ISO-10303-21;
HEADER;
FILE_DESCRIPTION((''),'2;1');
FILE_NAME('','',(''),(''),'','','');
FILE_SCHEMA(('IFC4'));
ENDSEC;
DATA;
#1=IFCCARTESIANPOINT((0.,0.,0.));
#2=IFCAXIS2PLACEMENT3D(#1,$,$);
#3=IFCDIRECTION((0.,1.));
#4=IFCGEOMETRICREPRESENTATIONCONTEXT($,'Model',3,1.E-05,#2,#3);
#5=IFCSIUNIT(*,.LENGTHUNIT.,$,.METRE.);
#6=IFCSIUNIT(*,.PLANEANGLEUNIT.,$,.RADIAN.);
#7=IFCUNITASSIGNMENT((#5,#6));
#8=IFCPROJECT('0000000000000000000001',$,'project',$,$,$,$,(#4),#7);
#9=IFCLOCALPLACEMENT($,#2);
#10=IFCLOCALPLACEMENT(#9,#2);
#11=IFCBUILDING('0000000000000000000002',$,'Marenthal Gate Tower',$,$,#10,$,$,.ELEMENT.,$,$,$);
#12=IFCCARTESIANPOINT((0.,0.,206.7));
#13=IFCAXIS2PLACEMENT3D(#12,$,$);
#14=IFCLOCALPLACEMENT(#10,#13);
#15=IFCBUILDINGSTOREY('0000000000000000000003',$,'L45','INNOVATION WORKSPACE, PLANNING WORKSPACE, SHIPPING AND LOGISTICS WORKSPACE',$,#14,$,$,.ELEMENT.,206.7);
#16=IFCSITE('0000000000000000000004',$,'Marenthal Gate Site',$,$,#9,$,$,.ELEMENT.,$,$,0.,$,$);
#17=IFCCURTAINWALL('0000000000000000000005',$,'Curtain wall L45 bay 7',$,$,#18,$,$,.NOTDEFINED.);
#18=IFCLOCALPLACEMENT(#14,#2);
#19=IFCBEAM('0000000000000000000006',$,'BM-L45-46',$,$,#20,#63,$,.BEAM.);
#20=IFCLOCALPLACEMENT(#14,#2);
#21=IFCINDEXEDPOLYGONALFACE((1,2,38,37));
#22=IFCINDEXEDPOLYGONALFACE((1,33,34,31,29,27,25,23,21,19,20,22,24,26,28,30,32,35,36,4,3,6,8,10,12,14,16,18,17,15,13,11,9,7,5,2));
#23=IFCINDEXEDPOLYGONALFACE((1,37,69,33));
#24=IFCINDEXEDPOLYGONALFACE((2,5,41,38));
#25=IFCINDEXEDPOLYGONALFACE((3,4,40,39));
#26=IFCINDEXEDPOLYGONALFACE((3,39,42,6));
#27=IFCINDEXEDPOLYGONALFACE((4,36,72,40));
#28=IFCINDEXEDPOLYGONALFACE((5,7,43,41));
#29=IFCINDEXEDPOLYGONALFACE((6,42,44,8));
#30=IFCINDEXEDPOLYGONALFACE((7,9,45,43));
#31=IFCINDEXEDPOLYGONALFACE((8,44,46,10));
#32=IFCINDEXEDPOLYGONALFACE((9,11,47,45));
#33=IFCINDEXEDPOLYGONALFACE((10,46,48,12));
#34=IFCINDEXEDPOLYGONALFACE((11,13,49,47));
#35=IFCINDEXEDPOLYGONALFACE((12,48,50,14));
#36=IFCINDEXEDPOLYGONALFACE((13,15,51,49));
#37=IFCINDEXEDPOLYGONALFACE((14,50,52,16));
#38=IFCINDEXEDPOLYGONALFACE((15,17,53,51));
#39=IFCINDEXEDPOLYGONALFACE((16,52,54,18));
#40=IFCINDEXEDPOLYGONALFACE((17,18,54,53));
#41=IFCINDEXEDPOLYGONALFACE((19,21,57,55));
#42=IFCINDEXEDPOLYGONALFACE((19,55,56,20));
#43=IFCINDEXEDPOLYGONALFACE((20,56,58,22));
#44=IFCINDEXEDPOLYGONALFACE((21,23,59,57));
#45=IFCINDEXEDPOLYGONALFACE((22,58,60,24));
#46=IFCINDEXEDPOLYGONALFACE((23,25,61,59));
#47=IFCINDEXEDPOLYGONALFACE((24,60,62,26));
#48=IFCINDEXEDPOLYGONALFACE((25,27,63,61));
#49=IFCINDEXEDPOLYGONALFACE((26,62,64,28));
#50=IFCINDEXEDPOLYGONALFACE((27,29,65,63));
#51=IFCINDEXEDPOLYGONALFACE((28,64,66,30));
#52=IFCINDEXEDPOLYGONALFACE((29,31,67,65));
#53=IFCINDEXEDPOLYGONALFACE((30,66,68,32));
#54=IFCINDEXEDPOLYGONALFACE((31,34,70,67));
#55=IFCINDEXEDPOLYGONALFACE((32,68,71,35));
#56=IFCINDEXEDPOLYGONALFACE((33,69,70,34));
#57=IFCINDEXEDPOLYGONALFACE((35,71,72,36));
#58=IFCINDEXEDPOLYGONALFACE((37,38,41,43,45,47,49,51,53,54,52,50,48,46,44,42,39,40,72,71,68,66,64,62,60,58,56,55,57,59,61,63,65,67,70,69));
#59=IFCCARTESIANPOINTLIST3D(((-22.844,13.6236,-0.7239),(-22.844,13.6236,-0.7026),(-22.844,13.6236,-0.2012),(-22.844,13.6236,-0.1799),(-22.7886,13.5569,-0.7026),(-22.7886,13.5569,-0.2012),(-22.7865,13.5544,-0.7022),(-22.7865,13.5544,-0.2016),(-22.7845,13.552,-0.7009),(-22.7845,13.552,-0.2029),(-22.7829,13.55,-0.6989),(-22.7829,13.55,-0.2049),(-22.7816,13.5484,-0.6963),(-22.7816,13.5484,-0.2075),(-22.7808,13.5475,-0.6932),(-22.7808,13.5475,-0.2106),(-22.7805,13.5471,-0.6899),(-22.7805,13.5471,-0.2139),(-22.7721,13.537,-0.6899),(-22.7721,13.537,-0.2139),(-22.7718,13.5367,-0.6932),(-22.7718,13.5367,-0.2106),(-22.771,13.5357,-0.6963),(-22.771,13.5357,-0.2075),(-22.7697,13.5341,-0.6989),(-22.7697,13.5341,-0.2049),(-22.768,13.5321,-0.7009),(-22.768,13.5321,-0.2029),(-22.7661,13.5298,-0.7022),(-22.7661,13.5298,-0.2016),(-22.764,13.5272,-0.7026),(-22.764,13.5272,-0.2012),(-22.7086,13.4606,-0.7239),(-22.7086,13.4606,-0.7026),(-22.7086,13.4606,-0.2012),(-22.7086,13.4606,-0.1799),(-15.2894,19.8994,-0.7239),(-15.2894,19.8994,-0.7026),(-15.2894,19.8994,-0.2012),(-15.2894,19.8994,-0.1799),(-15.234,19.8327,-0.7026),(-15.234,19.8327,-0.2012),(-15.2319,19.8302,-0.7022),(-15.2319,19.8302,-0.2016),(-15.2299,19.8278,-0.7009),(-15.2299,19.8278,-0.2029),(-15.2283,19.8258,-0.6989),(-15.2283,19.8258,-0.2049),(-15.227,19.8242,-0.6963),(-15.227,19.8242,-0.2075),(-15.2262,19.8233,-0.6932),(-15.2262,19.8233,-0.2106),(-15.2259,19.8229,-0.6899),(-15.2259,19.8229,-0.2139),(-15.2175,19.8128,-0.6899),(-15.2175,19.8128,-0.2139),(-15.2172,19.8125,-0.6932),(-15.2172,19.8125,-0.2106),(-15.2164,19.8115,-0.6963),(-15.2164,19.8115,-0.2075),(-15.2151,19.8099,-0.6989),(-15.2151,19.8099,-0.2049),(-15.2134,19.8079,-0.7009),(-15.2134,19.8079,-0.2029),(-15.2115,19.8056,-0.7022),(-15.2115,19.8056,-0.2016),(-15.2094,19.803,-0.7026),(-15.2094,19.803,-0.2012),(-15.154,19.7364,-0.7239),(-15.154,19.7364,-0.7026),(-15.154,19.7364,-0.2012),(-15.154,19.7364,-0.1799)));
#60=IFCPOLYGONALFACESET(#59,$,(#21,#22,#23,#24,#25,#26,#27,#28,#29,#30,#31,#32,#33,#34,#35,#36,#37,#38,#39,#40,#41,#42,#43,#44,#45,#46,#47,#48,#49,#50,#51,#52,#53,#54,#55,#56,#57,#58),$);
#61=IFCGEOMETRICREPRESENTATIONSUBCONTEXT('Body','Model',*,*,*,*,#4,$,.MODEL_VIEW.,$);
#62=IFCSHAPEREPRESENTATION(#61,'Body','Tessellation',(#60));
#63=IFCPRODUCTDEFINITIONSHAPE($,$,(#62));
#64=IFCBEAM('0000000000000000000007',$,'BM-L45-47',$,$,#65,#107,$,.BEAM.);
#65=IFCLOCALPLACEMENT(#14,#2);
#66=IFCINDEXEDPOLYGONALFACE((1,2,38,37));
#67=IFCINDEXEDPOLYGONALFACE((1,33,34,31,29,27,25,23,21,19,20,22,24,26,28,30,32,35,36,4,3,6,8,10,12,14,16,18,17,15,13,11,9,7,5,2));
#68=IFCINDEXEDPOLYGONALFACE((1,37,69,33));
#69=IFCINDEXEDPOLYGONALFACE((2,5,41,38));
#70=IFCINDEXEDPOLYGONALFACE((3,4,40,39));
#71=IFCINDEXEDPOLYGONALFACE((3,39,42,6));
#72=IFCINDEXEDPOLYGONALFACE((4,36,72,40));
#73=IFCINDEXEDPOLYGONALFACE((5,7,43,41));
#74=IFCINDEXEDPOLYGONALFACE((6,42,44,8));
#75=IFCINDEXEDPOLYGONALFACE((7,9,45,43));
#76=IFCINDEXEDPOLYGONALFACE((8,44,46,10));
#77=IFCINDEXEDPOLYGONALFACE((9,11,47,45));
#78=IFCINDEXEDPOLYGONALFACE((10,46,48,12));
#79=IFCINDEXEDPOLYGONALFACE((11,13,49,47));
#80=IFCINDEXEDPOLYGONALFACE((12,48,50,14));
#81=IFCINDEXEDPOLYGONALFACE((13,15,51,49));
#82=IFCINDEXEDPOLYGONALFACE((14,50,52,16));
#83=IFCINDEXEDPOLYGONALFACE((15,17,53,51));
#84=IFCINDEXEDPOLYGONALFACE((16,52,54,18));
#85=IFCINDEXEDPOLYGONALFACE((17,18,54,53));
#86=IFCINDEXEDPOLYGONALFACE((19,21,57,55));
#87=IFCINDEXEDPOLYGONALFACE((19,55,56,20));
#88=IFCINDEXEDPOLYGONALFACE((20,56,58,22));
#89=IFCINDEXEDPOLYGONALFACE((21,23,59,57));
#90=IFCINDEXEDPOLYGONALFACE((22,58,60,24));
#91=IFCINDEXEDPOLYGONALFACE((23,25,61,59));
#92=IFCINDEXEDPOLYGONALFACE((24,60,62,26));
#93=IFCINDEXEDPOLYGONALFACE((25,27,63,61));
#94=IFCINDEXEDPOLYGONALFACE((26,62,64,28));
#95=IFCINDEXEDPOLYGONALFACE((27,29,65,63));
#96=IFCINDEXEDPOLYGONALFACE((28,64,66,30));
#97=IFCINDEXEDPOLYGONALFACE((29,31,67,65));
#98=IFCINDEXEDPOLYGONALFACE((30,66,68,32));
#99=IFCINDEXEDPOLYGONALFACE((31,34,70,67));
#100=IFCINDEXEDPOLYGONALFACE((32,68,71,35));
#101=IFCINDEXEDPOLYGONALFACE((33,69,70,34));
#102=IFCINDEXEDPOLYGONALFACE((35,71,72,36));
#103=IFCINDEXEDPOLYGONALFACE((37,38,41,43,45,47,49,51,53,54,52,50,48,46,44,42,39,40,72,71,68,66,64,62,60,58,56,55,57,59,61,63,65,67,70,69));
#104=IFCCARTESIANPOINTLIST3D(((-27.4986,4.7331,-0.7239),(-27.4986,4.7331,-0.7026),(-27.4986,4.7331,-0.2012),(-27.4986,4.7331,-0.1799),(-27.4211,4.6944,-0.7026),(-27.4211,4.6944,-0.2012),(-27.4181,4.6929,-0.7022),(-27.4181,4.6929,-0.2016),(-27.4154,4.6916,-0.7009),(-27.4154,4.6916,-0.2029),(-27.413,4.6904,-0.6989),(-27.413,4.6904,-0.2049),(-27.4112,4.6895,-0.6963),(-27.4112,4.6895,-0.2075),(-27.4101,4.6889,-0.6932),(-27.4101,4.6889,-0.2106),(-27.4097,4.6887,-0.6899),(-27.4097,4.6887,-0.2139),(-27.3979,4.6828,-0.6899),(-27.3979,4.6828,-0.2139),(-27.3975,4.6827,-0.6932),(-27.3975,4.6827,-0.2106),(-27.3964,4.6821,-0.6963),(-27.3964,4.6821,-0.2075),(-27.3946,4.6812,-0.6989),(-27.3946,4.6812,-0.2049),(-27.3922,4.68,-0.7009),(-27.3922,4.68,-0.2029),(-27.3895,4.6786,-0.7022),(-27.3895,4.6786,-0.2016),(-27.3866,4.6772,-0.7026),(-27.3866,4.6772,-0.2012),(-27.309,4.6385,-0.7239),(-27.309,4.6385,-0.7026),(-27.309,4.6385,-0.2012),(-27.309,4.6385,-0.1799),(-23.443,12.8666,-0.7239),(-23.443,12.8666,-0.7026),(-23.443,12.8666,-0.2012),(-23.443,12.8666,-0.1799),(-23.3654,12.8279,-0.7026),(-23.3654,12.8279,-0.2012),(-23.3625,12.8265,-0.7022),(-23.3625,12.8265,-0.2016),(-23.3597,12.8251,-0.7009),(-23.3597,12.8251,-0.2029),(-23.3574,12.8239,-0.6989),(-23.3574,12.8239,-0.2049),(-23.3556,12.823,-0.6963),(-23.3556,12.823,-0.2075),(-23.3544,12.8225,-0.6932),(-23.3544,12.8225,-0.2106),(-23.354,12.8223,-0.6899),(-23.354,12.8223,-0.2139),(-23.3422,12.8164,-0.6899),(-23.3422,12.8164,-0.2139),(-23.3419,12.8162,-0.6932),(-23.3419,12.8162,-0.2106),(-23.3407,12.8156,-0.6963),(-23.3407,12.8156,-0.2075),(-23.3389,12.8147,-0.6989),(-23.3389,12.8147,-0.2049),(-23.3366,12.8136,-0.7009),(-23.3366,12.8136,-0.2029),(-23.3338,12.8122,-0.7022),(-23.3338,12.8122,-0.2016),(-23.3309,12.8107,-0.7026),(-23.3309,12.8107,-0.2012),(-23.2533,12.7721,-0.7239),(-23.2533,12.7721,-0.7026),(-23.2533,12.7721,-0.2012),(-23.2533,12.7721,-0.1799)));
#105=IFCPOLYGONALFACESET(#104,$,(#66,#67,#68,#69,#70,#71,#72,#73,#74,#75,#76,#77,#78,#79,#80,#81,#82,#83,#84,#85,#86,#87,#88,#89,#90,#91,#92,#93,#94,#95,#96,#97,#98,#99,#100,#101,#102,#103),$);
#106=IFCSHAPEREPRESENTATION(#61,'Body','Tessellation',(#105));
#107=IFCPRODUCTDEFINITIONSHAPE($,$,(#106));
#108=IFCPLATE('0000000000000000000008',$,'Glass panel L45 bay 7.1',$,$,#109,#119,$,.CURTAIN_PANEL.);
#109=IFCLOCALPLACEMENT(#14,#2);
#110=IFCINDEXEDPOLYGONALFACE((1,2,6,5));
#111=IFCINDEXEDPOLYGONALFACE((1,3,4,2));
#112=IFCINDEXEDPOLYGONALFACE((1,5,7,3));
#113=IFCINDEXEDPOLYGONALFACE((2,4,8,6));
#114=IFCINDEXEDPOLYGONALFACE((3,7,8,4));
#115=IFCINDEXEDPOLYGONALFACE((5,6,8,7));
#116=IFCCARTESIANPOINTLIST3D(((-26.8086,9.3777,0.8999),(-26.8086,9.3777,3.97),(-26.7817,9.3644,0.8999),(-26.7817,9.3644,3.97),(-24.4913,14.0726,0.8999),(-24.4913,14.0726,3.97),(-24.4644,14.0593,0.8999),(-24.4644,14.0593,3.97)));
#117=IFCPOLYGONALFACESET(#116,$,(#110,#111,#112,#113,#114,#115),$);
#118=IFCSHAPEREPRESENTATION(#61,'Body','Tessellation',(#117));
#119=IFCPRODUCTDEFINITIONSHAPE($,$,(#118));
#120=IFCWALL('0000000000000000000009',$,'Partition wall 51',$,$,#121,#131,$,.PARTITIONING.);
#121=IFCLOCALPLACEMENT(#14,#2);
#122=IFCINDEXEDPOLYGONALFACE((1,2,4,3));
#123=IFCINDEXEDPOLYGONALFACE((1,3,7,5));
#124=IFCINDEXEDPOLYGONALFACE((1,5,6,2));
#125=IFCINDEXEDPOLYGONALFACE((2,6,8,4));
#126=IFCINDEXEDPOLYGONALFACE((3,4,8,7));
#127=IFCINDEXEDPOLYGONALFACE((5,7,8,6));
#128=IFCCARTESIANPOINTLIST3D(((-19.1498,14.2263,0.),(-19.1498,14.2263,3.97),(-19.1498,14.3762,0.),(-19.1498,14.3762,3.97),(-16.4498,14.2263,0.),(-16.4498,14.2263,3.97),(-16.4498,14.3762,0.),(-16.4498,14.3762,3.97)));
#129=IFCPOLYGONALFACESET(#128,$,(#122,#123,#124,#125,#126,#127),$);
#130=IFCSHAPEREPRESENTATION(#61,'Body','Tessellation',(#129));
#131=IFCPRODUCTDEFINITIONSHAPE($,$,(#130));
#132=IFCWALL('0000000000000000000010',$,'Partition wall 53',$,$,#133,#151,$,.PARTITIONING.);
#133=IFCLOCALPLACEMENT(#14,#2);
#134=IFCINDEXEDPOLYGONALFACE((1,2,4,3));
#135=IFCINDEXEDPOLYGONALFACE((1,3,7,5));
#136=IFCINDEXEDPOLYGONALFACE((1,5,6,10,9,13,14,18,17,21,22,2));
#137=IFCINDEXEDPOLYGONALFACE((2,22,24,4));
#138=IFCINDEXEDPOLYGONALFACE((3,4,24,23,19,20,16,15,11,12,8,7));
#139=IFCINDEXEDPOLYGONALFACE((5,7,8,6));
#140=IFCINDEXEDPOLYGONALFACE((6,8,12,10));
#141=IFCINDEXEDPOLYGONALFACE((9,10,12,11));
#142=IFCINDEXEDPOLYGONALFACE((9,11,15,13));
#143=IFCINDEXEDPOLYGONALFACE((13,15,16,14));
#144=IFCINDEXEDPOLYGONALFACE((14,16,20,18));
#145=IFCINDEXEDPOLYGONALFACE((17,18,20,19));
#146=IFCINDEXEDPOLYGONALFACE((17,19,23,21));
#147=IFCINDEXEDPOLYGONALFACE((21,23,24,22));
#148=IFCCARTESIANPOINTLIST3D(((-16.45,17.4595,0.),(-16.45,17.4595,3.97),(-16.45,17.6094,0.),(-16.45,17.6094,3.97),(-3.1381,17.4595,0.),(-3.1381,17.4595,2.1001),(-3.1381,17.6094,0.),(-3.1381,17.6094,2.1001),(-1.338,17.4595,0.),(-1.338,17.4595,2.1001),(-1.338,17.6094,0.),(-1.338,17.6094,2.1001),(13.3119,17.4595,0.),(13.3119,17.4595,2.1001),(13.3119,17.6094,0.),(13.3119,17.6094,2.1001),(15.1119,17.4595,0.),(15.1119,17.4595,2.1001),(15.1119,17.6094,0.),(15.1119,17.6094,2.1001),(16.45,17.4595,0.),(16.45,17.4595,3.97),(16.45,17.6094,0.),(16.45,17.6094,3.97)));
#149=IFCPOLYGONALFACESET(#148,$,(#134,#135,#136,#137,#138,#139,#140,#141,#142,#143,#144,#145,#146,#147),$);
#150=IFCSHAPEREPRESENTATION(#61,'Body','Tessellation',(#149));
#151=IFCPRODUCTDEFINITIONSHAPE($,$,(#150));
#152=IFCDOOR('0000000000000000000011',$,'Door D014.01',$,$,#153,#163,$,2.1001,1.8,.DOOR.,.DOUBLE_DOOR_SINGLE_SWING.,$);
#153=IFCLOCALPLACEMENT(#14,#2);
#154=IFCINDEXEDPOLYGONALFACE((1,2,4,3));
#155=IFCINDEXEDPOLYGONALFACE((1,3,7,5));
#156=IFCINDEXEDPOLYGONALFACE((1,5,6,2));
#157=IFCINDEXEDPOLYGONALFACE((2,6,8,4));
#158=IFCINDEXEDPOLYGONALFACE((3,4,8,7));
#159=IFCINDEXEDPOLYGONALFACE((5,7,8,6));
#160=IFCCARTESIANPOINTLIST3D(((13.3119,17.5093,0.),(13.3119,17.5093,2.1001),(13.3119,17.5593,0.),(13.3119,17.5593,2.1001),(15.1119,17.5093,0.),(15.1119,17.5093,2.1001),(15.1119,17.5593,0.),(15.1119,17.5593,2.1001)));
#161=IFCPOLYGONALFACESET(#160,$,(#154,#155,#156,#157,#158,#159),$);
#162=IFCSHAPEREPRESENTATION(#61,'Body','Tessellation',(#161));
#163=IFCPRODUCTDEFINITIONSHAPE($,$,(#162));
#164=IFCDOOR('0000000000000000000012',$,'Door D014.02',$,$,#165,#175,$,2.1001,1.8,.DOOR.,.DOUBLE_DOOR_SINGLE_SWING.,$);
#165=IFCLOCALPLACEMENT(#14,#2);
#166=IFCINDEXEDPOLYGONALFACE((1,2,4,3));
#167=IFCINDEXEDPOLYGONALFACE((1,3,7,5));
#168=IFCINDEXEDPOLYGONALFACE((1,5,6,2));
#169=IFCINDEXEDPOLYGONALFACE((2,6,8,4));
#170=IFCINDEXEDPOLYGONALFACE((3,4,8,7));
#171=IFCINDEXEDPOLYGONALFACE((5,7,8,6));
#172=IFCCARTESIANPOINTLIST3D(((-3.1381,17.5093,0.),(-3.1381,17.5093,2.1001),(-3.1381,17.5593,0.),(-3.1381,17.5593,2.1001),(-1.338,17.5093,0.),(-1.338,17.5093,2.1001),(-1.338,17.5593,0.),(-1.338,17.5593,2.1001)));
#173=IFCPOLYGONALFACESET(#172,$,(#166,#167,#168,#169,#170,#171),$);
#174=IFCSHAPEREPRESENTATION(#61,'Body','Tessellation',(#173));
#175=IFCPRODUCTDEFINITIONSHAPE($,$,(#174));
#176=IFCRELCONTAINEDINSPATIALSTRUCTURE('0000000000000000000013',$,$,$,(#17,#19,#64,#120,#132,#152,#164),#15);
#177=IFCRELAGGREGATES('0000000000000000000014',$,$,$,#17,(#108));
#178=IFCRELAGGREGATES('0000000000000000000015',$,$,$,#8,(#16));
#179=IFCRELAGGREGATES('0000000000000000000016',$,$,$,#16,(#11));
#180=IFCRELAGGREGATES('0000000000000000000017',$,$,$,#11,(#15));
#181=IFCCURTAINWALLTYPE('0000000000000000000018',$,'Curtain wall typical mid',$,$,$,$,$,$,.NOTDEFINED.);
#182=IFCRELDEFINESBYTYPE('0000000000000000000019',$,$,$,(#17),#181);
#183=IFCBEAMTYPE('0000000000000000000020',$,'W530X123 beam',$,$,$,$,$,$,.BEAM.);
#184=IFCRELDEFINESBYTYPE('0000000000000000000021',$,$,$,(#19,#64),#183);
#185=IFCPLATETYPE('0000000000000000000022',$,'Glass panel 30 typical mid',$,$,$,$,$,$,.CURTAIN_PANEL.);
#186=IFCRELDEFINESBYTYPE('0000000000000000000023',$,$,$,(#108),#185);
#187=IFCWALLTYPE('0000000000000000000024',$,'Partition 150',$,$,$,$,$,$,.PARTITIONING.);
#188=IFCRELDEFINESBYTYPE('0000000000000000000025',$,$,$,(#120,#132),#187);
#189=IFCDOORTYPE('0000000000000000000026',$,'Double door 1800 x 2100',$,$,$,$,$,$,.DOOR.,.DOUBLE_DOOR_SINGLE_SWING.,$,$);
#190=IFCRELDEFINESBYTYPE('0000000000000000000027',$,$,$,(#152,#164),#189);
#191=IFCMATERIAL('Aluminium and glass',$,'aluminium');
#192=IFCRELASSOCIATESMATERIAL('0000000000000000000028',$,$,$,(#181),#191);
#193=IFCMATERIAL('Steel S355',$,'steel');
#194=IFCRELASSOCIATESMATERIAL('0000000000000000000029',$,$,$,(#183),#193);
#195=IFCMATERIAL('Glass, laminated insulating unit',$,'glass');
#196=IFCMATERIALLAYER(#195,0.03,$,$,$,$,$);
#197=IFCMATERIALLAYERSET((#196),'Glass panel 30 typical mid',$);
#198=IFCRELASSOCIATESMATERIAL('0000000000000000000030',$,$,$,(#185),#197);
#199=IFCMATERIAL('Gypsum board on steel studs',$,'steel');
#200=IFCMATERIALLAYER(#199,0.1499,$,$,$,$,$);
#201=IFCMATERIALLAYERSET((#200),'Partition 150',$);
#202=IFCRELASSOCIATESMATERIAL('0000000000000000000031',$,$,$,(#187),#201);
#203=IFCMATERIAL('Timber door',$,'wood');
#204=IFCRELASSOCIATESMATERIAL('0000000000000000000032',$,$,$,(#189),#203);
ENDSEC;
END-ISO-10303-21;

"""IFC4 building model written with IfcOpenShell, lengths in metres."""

from ifc_helpers import new_model, si_unit, direction, frame, frame_2d, origin, origin_2d, place, context, subcontext, project, spatial, rectangle, i_section, extrude, material, layer, layer_set, material_profile, profile_set, type_object, element, fill, aggregate, save


model = new_model("IFC4")

# Units and contexts
model_context = context("Model", 3, precision=1e-05, world=origin(), true_north=direction((0.0, 1.0)))
body_context = subcontext(model_context, "Body", "Model", "MODEL_VIEW")
ifc_project = project(units=[si_unit("LENGTHUNIT", "METRE"), si_unit("PLANEANGLEUNIT", "RADIAN")], contexts=[model_context])

# Site, building, storey
site_placement = place(None, origin())
site = spatial("IfcSite", under=ifc_project, at=site_placement, Name="Marenthal Gate Site", CompositionType="ELEMENT", RefElevation=0.0)
building_placement = place(site_placement, origin())
building = spatial("IfcBuilding", under=site, at=building_placement, Name="Marenthal Gate Tower", CompositionType="ELEMENT")
storey_placement = place(building_placement, frame((0.0, 0.0, 206.7)))
storey = spatial("IfcBuildingStorey", under=building, at=storey_placement, Name="L45", Description="INNOVATION WORKSPACE, PLANNING WORKSPACE, SHIPPING AND LOGISTICS WORKSPACE", CompositionType="ELEMENT", Elevation=206.7)

# Shared definitions
ifc_material_1 = material(Name="Aluminium and glass", Category="aluminium")
curtain_wall_type = type_object("IfcCurtainWallType", Name="Curtain wall typical mid", PredefinedType="NOTDEFINED", material=ifc_material_1)

# Curtain wall
curtain_wall_1_placement = place(storey_placement, origin())
curtain_wall_1 = element("IfcCurtainWall", 1, at=curtain_wall_1_placement, inside=storey, type_object=curtain_wall_type, Name="Curtain wall L45 bay 7", PredefinedType="NOTDEFINED")

# Beams
ifc_material_2 = material(Name="Steel S355", Category="steel")
ifc_material_profile_1 = material_profile(ifc_material_2, i_section(OverallWidth=0.2119, OverallDepth=0.5439, WebThickness=0.0132, FlangeThickness=0.0212, FilletRadius=0.0127, at=origin_2d()), Name="W530X123")
ifc_profile_set_1 = profile_set([ifc_material_profile_1], Name="Steel S355")
beam_type_1 = type_object("IfcBeamType", Name="W530X123 beam", PredefinedType="BEAM", material=ifc_profile_set_1)
beam_1_placement = place(storey_placement, frame((-15.2217, 19.8179, -0.4519), z_axis=(-0.769207, -0.639, 0.0), x_axis=(0.639, -0.769207, 0.0)))
element("IfcBeam", 2, at=beam_1_placement, inside=storey, type_object=beam_type_1, Name="BM-L45-46", PredefinedType="BEAM", context=body_context, shape_type="SweptSolid", body=[
    extrude(i_section(OverallWidth=0.2119, OverallDepth=0.5439, WebThickness=0.0132, FlangeThickness=0.0212, FilletRadius=0.0127, at=origin_2d()), origin(), (0.0, 0.0, 1.0), 9.8213),
])
beam_2_placement = place(storey_placement, frame((-23.3481, 12.8193, -0.4519), z_axis=(-0.446236, -0.894916, 0.0), x_axis=(0.894916, -0.446236, 0.0)))
element("IfcBeam", 3, at=beam_2_placement, inside=storey, type_object=beam_type_1, Name="BM-L45-47", PredefinedType="BEAM", context=body_context, shape_type="SweptSolid", body=[
    extrude(i_section(OverallWidth=0.2119, OverallDepth=0.5439, WebThickness=0.0132, FlangeThickness=0.0212, FilletRadius=0.0127, at=origin_2d()), origin(), (0.0, 0.0, 1.0), 9.0886),
])

# Plate
ifc_material_3 = material(Name="Glass, laminated insulating unit", Category="glass")
ifc_layer_1 = layer(ifc_material_3, 0.03)
ifc_layer_set_1 = layer_set([ifc_layer_1], Name="Glass panel 30 typical mid")
plate_type = type_object("IfcPlateType", Name="Glass panel 30 typical mid", PredefinedType="CURTAIN_PANEL", material=ifc_layer_set_1)
plate_placement = place(storey_placement, frame((-25.6365, 11.7185, 0.8999), z_axis=(0.0, 0.0, 1.0), x_axis=(-0.442607, -0.896716, 0.0)))
plate = element("IfcPlate", 4, at=plate_placement, type_object=plate_type, Name="Glass panel L45 bay 7.1", PredefinedType="CURTAIN_PANEL", context=body_context, shape_type="SweptSolid", body=[
    extrude(rectangle(XDim=5.2356, YDim=0.03, at=origin_2d()), origin(), (0.0, 0.0, 1.0), 3.0701),
])
aggregate(curtain_wall_1, [plate])

# Wall
ifc_material_4 = material(Name="Gypsum board on steel studs", Category="steel")
ifc_layer_2 = layer(ifc_material_4, 0.1499)
ifc_layer_set_2 = layer_set([ifc_layer_2], Name="Partition 150")
wall_type_1 = type_object("IfcWallType", Name="Partition 150", PredefinedType="PARTITIONING", material=ifc_layer_set_2)
wall_1_placement = place(storey_placement, frame((-19.1499, 14.3013, 0.0), z_axis=(0.0, 0.0, 1.0), x_axis=(1.0, 0.0, 0.0)))
element("IfcWall", 5, at=wall_1_placement, inside=storey, type_object=wall_type_1, Name="Partition wall 51", PredefinedType="PARTITIONING", context=body_context, shape_type="SweptSolid", body=[
    extrude(rectangle(XDim=2.7, YDim=0.1499, at=frame_2d((1.3501, 0.0))), origin(), (0.0, 0.0, 1.0), 3.97),
])

# Wall, openings, doors
wall_2_placement = place(storey_placement, frame((-16.45, 17.5344, 0.0), z_axis=(0.0, 0.0, 1.0), x_axis=(1.0, 0.0, 0.0)))
wall_2 = element("IfcWall", 6, at=wall_2_placement, inside=storey, type_object=wall_type_1, Name="Partition wall 53", PredefinedType="PARTITIONING", context=body_context, shape_type="SweptSolid", body=[
    extrude(rectangle(XDim=32.8999, YDim=0.1499, at=frame_2d((16.45, 0.0))), origin(), (0.0, 0.0, 1.0), 3.97),
])
opening_1_placement = place(wall_2_placement, frame((29.762, 0.0, 0.0)))
opening_1 = element("IfcOpeningElement", 7, at=opening_1_placement, cuts=wall_2, PredefinedType="OPENING", context=body_context, shape_type="SweptSolid", body=[
    extrude(rectangle(XDim=1.8, YDim=2.1001, at=frame_2d((0.8999, 1.05))), frame((0.0, 0.085, 0.0), z_axis=(0.0, -1.0, 0.0), x_axis=(1.0, 0.0, 0.0)), (0.0, 0.0, 1.0), 0.1699),
])
opening_2_placement = place(wall_2_placement, frame((13.312, 0.0, 0.0)))
opening_2 = element("IfcOpeningElement", 8, at=opening_2_placement, cuts=wall_2, PredefinedType="OPENING", context=body_context, shape_type="SweptSolid", body=[
    extrude(rectangle(XDim=1.8, YDim=2.1001, at=frame_2d((0.8999, 1.05))), frame((0.0, 0.085, 0.0), z_axis=(0.0, -1.0, 0.0), x_axis=(1.0, 0.0, 0.0)), (0.0, 0.0, 1.0), 0.1699),
])
ifc_material_5 = material(Name="Timber door", Category="wood")
door_type_1 = type_object("IfcDoorType", Name="Double door 1800 x 2100", OperationType="DOUBLE_DOOR_SINGLE_SWING", PredefinedType="DOOR", material=ifc_material_5)
door_1_placement = place(opening_1_placement, origin())
door_1 = element("IfcDoor", 9, at=door_1_placement, inside=storey, type_object=door_type_1, Name="Door D014.01", OperationType="DOUBLE_DOOR_SINGLE_SWING", OverallHeight=2.1001, OverallWidth=1.8, PredefinedType="DOOR", context=body_context, shape_type="SweptSolid", body=[
    extrude(rectangle(XDim=1.8, YDim=2.1001, at=frame_2d((0.8999, 1.05))), frame((0.0, 0.0249, 0.0), z_axis=(0.0, -1.0, 0.0), x_axis=(1.0, 0.0, 0.0)), (0.0, 0.0, 1.0), 0.05),
])
fill(opening_1, door_1)
door_2_placement = place(opening_2_placement, origin())
door_2 = element("IfcDoor", 10, at=door_2_placement, inside=storey, type_object=door_type_1, Name="Door D014.02", OperationType="DOUBLE_DOOR_SINGLE_SWING", OverallHeight=2.1001, OverallWidth=1.8, PredefinedType="DOOR", context=body_context, shape_type="SweptSolid", body=[
    extrude(rectangle(XDim=1.8, YDim=2.1001, at=frame_2d((0.8999, 1.05))), frame((0.0, 0.0249, 0.0), z_axis=(0.0, -1.0, 0.0), x_axis=(1.0, 0.0, 0.0)), (0.0, 0.0, 1.0), 0.05),
])
fill(opening_2, door_2)

save(model, "model.ifc")
